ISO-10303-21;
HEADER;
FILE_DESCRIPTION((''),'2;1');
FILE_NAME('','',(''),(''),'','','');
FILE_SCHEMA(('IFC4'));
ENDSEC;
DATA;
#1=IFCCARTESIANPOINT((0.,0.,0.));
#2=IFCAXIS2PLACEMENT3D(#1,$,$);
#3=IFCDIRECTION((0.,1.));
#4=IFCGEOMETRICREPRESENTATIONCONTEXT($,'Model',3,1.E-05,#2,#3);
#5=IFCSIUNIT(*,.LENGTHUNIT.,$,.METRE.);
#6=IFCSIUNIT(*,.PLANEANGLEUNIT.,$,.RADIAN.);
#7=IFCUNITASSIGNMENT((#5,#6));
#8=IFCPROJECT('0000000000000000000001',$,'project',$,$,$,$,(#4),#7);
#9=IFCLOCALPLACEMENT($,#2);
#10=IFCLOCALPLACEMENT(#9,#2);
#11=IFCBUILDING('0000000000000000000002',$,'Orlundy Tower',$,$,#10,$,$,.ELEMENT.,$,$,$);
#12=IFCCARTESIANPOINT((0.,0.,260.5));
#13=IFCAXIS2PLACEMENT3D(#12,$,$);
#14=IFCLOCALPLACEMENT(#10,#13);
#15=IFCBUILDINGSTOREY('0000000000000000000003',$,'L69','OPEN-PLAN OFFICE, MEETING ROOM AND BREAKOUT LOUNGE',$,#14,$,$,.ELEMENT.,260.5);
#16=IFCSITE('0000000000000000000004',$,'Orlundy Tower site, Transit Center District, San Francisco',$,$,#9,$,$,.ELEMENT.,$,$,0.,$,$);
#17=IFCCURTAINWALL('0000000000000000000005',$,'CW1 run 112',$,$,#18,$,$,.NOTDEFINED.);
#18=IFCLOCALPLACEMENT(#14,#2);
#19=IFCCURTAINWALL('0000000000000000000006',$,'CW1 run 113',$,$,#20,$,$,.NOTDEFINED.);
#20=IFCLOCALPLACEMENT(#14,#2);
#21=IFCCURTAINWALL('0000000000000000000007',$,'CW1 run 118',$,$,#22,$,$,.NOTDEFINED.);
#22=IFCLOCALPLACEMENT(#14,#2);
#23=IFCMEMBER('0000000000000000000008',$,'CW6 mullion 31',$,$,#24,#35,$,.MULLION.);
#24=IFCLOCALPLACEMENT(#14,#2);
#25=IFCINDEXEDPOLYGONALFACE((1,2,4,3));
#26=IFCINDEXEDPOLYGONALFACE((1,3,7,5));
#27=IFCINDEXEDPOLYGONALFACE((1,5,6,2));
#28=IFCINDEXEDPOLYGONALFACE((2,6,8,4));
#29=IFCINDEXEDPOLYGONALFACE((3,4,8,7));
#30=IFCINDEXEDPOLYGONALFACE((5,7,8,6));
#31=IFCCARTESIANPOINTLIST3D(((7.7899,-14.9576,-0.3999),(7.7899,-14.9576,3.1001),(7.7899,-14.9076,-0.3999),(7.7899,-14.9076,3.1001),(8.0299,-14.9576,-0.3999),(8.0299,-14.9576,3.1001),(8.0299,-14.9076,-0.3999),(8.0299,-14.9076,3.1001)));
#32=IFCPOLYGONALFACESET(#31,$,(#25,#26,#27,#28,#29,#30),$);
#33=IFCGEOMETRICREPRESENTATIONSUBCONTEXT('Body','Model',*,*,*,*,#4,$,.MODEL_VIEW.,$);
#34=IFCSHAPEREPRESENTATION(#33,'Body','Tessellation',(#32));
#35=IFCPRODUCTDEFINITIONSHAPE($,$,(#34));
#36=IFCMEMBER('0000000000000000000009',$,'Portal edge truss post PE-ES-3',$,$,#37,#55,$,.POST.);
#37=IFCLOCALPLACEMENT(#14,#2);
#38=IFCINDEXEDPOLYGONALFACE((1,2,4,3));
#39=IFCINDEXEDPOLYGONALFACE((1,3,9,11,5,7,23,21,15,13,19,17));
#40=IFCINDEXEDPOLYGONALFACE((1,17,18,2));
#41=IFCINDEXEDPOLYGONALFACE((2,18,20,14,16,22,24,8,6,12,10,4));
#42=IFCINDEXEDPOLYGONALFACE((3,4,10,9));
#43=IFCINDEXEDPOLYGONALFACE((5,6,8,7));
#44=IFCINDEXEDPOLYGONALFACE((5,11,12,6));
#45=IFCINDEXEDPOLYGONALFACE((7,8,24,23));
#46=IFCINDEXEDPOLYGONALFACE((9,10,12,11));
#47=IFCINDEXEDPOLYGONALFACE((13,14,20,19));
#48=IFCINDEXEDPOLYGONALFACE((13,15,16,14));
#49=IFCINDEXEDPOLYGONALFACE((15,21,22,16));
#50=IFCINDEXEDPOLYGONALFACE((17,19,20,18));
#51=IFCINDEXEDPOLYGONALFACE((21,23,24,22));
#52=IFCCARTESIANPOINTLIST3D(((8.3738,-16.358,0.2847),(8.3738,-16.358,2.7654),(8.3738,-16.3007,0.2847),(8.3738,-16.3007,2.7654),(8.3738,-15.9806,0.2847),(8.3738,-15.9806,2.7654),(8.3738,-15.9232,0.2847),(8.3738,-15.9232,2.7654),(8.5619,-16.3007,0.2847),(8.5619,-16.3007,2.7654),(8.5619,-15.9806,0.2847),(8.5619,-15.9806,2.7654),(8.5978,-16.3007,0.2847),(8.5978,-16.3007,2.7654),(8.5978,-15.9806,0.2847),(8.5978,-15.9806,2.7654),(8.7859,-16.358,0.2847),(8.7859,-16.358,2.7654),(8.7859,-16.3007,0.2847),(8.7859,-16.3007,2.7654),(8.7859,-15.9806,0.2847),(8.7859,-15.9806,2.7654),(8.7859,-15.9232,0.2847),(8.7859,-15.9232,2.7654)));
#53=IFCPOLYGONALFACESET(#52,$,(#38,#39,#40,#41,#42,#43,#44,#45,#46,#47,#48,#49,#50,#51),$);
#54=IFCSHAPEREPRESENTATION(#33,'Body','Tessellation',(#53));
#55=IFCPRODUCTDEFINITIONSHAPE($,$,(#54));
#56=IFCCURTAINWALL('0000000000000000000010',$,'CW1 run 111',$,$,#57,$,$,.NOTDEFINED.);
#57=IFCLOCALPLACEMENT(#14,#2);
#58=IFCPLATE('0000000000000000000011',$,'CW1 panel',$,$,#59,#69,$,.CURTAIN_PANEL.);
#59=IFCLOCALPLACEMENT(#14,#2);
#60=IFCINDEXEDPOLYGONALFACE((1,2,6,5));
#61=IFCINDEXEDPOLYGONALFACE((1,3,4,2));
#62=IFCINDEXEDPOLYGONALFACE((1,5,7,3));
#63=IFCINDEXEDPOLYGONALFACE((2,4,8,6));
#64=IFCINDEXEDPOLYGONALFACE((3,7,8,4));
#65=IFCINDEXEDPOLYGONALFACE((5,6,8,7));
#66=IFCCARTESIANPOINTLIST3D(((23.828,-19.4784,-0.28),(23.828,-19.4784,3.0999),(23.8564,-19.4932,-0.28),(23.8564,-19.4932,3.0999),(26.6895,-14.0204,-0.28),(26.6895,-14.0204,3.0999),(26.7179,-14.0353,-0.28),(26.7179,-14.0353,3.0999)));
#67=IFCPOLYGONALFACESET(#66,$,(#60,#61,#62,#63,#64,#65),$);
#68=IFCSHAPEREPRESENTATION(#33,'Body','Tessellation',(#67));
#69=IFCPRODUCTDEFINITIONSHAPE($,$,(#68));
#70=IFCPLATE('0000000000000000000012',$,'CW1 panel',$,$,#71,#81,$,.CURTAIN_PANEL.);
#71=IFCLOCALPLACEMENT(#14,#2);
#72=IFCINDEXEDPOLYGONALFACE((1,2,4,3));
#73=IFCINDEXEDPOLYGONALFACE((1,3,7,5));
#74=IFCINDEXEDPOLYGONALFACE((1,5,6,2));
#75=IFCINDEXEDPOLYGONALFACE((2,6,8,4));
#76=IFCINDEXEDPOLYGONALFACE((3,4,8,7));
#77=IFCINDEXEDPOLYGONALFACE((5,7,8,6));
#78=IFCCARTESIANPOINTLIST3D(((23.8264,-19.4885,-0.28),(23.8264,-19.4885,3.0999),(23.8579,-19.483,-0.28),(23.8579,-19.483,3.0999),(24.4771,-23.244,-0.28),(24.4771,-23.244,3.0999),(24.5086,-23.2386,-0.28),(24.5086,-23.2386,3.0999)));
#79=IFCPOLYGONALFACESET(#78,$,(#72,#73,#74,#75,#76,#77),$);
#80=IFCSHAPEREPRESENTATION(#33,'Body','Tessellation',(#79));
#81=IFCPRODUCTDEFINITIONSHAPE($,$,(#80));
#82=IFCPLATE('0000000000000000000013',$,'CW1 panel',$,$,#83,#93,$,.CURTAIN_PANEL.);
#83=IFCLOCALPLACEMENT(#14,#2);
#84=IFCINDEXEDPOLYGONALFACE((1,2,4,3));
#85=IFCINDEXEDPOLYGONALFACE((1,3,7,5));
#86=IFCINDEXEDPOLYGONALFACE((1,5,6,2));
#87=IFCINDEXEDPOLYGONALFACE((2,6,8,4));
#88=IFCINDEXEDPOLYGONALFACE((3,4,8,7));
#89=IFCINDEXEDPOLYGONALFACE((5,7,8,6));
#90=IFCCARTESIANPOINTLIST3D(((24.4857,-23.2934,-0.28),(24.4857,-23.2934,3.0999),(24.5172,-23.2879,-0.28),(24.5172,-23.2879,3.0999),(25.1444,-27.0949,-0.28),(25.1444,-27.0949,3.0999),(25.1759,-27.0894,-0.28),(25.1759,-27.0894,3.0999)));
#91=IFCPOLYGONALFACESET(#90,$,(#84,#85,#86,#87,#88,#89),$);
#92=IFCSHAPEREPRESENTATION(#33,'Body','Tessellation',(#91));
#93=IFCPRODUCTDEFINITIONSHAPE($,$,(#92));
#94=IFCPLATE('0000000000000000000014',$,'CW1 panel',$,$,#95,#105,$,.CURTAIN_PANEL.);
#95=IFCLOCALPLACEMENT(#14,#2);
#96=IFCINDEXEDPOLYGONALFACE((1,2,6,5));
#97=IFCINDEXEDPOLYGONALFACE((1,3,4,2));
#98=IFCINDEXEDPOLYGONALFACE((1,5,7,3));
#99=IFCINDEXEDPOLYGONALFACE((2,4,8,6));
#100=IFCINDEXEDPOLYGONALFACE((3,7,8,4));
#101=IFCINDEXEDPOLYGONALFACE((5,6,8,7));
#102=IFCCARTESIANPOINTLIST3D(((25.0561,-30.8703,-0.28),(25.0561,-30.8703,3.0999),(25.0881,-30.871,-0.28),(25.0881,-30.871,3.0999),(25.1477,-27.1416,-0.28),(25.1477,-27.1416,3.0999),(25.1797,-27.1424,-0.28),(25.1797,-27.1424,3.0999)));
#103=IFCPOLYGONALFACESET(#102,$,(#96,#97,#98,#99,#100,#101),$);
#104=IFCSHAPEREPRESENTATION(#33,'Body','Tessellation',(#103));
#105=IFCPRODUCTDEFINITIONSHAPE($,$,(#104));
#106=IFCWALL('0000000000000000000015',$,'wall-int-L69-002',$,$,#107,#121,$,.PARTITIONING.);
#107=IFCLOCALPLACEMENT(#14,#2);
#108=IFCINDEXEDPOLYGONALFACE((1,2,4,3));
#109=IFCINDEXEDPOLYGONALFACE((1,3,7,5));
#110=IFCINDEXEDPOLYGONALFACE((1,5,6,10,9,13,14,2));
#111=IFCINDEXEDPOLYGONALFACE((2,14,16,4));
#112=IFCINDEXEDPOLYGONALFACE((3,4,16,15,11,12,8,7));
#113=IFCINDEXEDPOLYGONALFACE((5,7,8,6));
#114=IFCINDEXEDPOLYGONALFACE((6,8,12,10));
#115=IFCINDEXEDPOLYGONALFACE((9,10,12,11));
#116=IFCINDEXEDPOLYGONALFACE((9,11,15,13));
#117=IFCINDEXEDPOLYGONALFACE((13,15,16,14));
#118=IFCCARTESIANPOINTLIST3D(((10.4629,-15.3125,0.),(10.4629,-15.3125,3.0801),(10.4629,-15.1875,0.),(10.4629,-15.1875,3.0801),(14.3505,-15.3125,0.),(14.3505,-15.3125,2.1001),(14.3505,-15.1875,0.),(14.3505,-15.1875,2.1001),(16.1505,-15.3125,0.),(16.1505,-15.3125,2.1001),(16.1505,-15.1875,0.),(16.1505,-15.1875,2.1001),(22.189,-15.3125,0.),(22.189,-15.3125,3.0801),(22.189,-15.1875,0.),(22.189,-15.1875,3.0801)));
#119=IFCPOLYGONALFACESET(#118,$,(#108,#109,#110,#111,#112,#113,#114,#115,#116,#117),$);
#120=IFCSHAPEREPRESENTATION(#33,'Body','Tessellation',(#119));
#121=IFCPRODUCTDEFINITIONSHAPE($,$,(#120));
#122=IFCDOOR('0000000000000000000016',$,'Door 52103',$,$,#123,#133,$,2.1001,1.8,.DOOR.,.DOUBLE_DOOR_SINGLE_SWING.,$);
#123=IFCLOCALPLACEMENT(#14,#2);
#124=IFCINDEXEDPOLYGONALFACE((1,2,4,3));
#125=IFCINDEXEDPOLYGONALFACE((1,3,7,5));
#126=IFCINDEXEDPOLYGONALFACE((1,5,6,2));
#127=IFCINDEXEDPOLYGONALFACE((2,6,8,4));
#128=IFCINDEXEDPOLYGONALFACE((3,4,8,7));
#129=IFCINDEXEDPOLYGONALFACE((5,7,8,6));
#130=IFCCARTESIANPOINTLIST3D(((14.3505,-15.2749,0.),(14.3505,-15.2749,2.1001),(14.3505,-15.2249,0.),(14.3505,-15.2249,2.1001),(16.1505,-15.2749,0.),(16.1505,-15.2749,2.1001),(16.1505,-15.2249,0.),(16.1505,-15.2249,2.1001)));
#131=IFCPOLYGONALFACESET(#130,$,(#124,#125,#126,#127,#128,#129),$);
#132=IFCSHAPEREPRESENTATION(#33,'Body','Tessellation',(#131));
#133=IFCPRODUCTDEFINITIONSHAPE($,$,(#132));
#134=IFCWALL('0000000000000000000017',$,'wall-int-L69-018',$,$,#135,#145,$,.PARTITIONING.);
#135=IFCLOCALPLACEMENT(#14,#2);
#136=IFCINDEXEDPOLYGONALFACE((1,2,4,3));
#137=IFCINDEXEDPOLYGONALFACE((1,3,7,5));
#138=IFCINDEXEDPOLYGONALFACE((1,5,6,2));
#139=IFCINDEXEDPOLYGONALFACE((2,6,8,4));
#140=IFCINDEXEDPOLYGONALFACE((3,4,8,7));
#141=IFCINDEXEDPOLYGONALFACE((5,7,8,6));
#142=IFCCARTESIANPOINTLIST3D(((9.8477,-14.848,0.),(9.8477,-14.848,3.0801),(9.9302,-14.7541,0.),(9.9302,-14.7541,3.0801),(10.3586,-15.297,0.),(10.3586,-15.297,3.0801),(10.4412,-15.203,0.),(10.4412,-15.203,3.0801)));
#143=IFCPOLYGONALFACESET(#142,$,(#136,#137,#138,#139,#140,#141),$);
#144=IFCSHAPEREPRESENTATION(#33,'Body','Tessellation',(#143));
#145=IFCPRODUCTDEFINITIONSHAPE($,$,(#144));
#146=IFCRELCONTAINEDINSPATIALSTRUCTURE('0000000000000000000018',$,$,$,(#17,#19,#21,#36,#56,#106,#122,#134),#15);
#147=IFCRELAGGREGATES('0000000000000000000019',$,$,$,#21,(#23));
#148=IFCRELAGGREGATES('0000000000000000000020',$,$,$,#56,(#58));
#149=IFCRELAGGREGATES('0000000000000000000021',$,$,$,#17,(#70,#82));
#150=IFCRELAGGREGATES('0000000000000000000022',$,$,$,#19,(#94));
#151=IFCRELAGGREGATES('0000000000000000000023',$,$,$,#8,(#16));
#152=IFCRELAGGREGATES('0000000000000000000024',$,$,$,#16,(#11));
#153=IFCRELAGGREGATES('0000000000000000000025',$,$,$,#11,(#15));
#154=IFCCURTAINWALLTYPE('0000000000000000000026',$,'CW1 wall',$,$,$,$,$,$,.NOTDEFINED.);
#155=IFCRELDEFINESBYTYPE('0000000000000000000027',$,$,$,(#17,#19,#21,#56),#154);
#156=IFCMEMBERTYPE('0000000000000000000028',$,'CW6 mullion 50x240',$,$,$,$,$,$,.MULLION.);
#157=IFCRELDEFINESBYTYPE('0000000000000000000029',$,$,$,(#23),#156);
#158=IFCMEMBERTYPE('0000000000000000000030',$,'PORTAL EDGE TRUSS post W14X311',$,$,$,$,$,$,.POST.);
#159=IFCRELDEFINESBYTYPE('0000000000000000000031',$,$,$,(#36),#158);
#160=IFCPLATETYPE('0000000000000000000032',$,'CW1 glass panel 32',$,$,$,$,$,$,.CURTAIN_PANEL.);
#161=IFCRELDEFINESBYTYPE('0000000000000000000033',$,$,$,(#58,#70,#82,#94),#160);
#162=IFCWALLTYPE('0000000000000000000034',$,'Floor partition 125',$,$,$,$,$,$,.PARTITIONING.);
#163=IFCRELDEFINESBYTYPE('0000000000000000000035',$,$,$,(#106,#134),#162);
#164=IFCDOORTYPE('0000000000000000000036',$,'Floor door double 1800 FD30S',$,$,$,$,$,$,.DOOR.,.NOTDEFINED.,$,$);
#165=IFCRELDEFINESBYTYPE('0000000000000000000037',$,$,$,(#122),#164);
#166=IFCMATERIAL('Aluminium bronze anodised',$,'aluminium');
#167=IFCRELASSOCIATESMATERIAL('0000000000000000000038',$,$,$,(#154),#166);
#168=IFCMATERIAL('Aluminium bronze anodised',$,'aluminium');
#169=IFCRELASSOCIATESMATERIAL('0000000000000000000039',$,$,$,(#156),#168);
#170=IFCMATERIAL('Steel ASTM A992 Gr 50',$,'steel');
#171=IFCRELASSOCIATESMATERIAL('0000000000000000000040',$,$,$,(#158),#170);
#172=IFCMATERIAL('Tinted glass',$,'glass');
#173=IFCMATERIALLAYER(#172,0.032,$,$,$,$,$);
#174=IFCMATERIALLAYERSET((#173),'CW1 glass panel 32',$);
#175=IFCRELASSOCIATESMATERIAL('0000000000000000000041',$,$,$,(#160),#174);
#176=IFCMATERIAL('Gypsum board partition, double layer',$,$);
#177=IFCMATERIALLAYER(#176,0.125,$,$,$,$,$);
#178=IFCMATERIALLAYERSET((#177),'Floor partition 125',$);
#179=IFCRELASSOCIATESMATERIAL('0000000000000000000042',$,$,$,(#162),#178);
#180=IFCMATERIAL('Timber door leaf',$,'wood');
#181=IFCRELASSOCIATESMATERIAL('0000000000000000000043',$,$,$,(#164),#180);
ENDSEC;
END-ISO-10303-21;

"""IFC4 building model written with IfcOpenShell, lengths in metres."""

from ifc_helpers import new_model, si_unit, direction, frame, frame_2d, origin, origin_2d, place, context, subcontext, project, spatial, rectangle, i_section, extrude, material, layer, layer_set, material_profile, profile_set, type_object, element, fill, aggregate, save


model = new_model("IFC4")

# Units and contexts
model_context = context("Model", 3, precision=1e-05, world=origin(), true_north=direction((0.0, 1.0)))
body_context = subcontext(model_context, "Body", "Model", "MODEL_VIEW")
ifc_project = project(units=[si_unit("LENGTHUNIT", "METRE"), si_unit("PLANEANGLEUNIT", "RADIAN")], contexts=[model_context])

# Site, building, storey
site_placement = place(None, origin())
site = spatial("IfcSite", under=ifc_project, at=site_placement, Name="Orlundy Tower site, Transit Center District, San Francisco", CompositionType="ELEMENT", RefElevation=0.0)
building_placement = place(site_placement, origin())
building = spatial("IfcBuilding", under=site, at=building_placement, Name="Orlundy Tower", CompositionType="ELEMENT")
storey_placement = place(building_placement, frame((0.0, 0.0, 260.5)))
storey = spatial("IfcBuildingStorey", under=building, at=storey_placement, Name="L69", Description="OPEN-PLAN OFFICE, MEETING ROOM AND BREAKOUT LOUNGE", CompositionType="ELEMENT", Elevation=260.5)

# Curtain wall
ifc_material_1 = material(Name="Aluminium bronze anodised", Category="aluminium")
curtain_wall_type = type_object("IfcCurtainWallType", Name="CW1 wall", PredefinedType="NOTDEFINED", material=ifc_material_1)
curtain_wall_1_placement = place(storey_placement, origin())
curtain_wall_1 = element("IfcCurtainWall", 1, at=curtain_wall_1_placement, inside=storey, type_object=curtain_wall_type, Name="CW1 run 112", PredefinedType="NOTDEFINED")

# Curtain wall
curtain_wall_2_placement = place(storey_placement, origin())
curtain_wall_2 = element("IfcCurtainWall", 2, at=curtain_wall_2_placement, inside=storey, type_object=curtain_wall_type, Name="CW1 run 113", PredefinedType="NOTDEFINED")

# Curtain wall, member
curtain_wall_3_placement = place(storey_placement, origin())
curtain_wall_3 = element("IfcCurtainWall", 3, at=curtain_wall_3_placement, inside=storey, type_object=curtain_wall_type, Name="CW1 run 118", PredefinedType="NOTDEFINED")
ifc_material_2 = material(Name="Aluminium bronze anodised", Category="aluminium")
ifc_material_profile_1 = material_profile(ifc_material_2, rectangle(XDim=0.24, YDim=0.05, at=origin_2d()), Name="CW6 mullion 50x240")
ifc_profile_set_1 = profile_set([ifc_material_profile_1], Name="Aluminium bronze anodised")
member_type_1 = type_object("IfcMemberType", Name="CW6 mullion 50x240", PredefinedType="MULLION", material=ifc_profile_set_1)
member_1_placement = place(storey_placement, frame((7.9099, -14.9326, -0.3999), z_axis=(0.0, 0.0, 1.0), x_axis=(-1.0, 0.0, 0.0)))
member_1 = element("IfcMember", 4, at=member_1_placement, type_object=member_type_1, Name="CW6 mullion 31", PredefinedType="MULLION", context=body_context, shape_type="SweptSolid", body=[
    extrude(rectangle(XDim=0.24, YDim=0.05, at=origin_2d()), origin(), (0.0, 0.0, 1.0), 3.5),
])
aggregate(curtain_wall_3, [member_1])

# Member
ifc_material_3 = material(Name="Steel ASTM A992 Gr 50", Category="steel")
ifc_material_profile_2 = material_profile(ifc_material_3, i_section(OverallWidth=0.4121, OverallDepth=0.4348, WebThickness=0.0359, FlangeThickness=0.0574, at=origin_2d()), Name="W14X311")
ifc_profile_set_2 = profile_set([ifc_material_profile_2], Name="Steel ASTM A992 Gr 50")
member_type_2 = type_object("IfcMemberType", Name="PORTAL EDGE TRUSS post W14X311", PredefinedType="POST", material=ifc_profile_set_2)
member_2_placement = place(storey_placement, frame((8.5798, -16.1406, 0.2847), z_axis=(0.0, 0.0, 1.0), x_axis=(1.0, 0.0, 0.0)))
element("IfcMember", 5, at=member_2_placement, inside=storey, type_object=member_type_2, Name="Portal edge truss post PE-ES-3", PredefinedType="POST", context=body_context, shape_type="SweptSolid", body=[
    extrude(i_section(OverallWidth=0.4121, OverallDepth=0.4348, WebThickness=0.0359, FlangeThickness=0.0574, at=origin_2d()), origin(), (0.0, 0.0, 1.0), 2.4807),
])

# Curtain wall, plate
curtain_wall_4_placement = place(storey_placement, origin())
curtain_wall_4 = element("IfcCurtainWall", 6, at=curtain_wall_4_placement, inside=storey, type_object=curtain_wall_type, Name="CW1 run 111", PredefinedType="NOTDEFINED")
ifc_material_4 = material(Name="Tinted glass", Category="glass")
ifc_layer_1 = layer(ifc_material_4, 0.032)
ifc_layer_set_1 = layer_set([ifc_layer_1], Name="CW1 glass panel 32")
plate_type = type_object("IfcPlateType", Name="CW1 glass panel 32", PredefinedType="CURTAIN_PANEL", material=ifc_layer_set_1)
plate_1_placement = place(storey_placement, frame((25.2729, -16.7568, -0.28), z_axis=(0.0, 0.0, 1.0), x_axis=(-0.464333, -0.885661, 0.0)))
plate_1 = element("IfcPlate", 7, at=plate_1_placement, type_object=plate_type, Name="CW1 panel", PredefinedType="CURTAIN_PANEL", context=body_context, shape_type="SweptSolid", body=[
    extrude(rectangle(XDim=6.1626, YDim=0.032, at=origin_2d()), origin(), (0.0, 0.0, 1.0), 3.3799),
])
aggregate(curtain_wall_4, [plate_1])

# Plates
plate_2_placement = place(storey_placement, frame((24.1675, -21.3635, -0.28), z_axis=(0.0, 0.0, 1.0), x_axis=(0.170729, -0.985318, 0.0)))
plate_2 = element("IfcPlate", 8, at=plate_2_placement, type_object=plate_type, Name="CW1 panel", PredefinedType="CURTAIN_PANEL", context=body_context, shape_type="SweptSolid", body=[
    extrude(rectangle(XDim=3.8115, YDim=0.032, at=origin_2d()), origin(), (0.0, 0.0, 1.0), 3.3799),
])
plate_3_placement = place(storey_placement, frame((24.8308, -25.1914, -0.28), z_axis=(0.0, 0.0, 1.0), x_axis=(0.170729, -0.985318, 0.0)))
plate_3 = element("IfcPlate", 9, at=plate_3_placement, type_object=plate_type, Name="CW1 panel", PredefinedType="CURTAIN_PANEL", context=body_context, shape_type="SweptSolid", body=[
    extrude(rectangle(XDim=3.8582, YDim=0.032, at=origin_2d()), origin(), (0.0, 0.0, 1.0), 3.3799),
])
aggregate(curtain_wall_1, [plate_2, plate_3])
plate_4_placement = place(storey_placement, frame((25.1179, -29.0063, -0.28), z_axis=(0.0, 0.0, 1.0), x_axis=(-0.024554, -0.999699, 0.0)))
plate_4 = element("IfcPlate", 10, at=plate_4_placement, type_object=plate_type, Name="CW1 panel", PredefinedType="CURTAIN_PANEL", context=body_context, shape_type="SweptSolid", body=[
    extrude(rectangle(XDim=3.7297, YDim=0.032, at=origin_2d()), origin(), (0.0, 0.0, 1.0), 3.3799),
])
aggregate(curtain_wall_2, [plate_4])

# Wall, opening, door
ifc_material_5 = material(Name="Gypsum board partition, double layer")
ifc_layer_2 = layer(ifc_material_5, 0.125)
ifc_layer_set_2 = layer_set([ifc_layer_2], Name="Floor partition 125")
wall_type = type_object("IfcWallType", Name="Floor partition 125", PredefinedType="PARTITIONING", material=ifc_layer_set_2)
wall_1_placement = place(storey_placement, frame((22.189, -15.25, 0.0), z_axis=(0.0, 0.0, 1.0), x_axis=(-1.0, 0.0, 0.0)))
wall_1 = element("IfcWall", 11, at=wall_1_placement, inside=storey, type_object=wall_type, Name="wall-int-L69-002", PredefinedType="PARTITIONING", context=body_context, shape_type="SweptSolid", body=[
    extrude(rectangle(XDim=11.7261, YDim=0.125, at=frame_2d((5.863, 0.0))), origin(), (0.0, 0.0, 1.0), 3.0801),
])
opening_placement = place(wall_1_placement, frame((6.0386, 0.0, 0.0)))
opening = element("IfcOpeningElement", 12, at=opening_placement, cuts=wall_1, PredefinedType="OPENING", context=body_context, shape_type="SweptSolid", body=[
    extrude(rectangle(XDim=1.8, YDim=2.1001, at=frame_2d((0.8999, 1.05))), frame((0.0, 0.0725, 0.0), z_axis=(0.0, -1.0, 0.0), x_axis=(1.0, 0.0, 0.0)), (0.0, 0.0, 1.0), 0.145),
])
ifc_material_6 = material(Name="Timber door leaf", Category="wood")
door_type = type_object("IfcDoorType", Name="Floor door double 1800 FD30S", OperationType="NOTDEFINED", PredefinedType="DOOR", material=ifc_material_6)
door_placement = place(opening_placement, origin())
door = element("IfcDoor", 13, at=door_placement, inside=storey, type_object=door_type, Name="Door 52103", OperationType="DOUBLE_DOOR_SINGLE_SWING", OverallHeight=2.1001, OverallWidth=1.8, PredefinedType="DOOR", context=body_context, shape_type="SweptSolid", body=[
    extrude(rectangle(XDim=1.8, YDim=2.1001, at=frame_2d((0.8999, 1.05))), frame((0.0, 0.0249, 0.0), z_axis=(0.0, -1.0, 0.0), x_axis=(1.0, 0.0, 0.0)), (0.0, 0.0, 1.0), 0.05),
])
fill(opening, door)

# Wall
wall_2_placement = place(storey_placement, frame((10.3999, -15.25, 0.0), z_axis=(0.0, 0.0, 1.0), x_axis=(-0.751219, 0.660053, 0.0)))
element("IfcWall", 14, at=wall_2_placement, inside=storey, type_object=wall_type, Name="wall-int-L69-018", PredefinedType="PARTITIONING", context=body_context, shape_type="SweptSolid", body=[
    extrude(rectangle(XDim=0.6802, YDim=0.125, at=frame_2d((0.3401, 0.0))), origin(), (0.0, 0.0, 1.0), 3.0801),
])

save(model, "model.ifc")
